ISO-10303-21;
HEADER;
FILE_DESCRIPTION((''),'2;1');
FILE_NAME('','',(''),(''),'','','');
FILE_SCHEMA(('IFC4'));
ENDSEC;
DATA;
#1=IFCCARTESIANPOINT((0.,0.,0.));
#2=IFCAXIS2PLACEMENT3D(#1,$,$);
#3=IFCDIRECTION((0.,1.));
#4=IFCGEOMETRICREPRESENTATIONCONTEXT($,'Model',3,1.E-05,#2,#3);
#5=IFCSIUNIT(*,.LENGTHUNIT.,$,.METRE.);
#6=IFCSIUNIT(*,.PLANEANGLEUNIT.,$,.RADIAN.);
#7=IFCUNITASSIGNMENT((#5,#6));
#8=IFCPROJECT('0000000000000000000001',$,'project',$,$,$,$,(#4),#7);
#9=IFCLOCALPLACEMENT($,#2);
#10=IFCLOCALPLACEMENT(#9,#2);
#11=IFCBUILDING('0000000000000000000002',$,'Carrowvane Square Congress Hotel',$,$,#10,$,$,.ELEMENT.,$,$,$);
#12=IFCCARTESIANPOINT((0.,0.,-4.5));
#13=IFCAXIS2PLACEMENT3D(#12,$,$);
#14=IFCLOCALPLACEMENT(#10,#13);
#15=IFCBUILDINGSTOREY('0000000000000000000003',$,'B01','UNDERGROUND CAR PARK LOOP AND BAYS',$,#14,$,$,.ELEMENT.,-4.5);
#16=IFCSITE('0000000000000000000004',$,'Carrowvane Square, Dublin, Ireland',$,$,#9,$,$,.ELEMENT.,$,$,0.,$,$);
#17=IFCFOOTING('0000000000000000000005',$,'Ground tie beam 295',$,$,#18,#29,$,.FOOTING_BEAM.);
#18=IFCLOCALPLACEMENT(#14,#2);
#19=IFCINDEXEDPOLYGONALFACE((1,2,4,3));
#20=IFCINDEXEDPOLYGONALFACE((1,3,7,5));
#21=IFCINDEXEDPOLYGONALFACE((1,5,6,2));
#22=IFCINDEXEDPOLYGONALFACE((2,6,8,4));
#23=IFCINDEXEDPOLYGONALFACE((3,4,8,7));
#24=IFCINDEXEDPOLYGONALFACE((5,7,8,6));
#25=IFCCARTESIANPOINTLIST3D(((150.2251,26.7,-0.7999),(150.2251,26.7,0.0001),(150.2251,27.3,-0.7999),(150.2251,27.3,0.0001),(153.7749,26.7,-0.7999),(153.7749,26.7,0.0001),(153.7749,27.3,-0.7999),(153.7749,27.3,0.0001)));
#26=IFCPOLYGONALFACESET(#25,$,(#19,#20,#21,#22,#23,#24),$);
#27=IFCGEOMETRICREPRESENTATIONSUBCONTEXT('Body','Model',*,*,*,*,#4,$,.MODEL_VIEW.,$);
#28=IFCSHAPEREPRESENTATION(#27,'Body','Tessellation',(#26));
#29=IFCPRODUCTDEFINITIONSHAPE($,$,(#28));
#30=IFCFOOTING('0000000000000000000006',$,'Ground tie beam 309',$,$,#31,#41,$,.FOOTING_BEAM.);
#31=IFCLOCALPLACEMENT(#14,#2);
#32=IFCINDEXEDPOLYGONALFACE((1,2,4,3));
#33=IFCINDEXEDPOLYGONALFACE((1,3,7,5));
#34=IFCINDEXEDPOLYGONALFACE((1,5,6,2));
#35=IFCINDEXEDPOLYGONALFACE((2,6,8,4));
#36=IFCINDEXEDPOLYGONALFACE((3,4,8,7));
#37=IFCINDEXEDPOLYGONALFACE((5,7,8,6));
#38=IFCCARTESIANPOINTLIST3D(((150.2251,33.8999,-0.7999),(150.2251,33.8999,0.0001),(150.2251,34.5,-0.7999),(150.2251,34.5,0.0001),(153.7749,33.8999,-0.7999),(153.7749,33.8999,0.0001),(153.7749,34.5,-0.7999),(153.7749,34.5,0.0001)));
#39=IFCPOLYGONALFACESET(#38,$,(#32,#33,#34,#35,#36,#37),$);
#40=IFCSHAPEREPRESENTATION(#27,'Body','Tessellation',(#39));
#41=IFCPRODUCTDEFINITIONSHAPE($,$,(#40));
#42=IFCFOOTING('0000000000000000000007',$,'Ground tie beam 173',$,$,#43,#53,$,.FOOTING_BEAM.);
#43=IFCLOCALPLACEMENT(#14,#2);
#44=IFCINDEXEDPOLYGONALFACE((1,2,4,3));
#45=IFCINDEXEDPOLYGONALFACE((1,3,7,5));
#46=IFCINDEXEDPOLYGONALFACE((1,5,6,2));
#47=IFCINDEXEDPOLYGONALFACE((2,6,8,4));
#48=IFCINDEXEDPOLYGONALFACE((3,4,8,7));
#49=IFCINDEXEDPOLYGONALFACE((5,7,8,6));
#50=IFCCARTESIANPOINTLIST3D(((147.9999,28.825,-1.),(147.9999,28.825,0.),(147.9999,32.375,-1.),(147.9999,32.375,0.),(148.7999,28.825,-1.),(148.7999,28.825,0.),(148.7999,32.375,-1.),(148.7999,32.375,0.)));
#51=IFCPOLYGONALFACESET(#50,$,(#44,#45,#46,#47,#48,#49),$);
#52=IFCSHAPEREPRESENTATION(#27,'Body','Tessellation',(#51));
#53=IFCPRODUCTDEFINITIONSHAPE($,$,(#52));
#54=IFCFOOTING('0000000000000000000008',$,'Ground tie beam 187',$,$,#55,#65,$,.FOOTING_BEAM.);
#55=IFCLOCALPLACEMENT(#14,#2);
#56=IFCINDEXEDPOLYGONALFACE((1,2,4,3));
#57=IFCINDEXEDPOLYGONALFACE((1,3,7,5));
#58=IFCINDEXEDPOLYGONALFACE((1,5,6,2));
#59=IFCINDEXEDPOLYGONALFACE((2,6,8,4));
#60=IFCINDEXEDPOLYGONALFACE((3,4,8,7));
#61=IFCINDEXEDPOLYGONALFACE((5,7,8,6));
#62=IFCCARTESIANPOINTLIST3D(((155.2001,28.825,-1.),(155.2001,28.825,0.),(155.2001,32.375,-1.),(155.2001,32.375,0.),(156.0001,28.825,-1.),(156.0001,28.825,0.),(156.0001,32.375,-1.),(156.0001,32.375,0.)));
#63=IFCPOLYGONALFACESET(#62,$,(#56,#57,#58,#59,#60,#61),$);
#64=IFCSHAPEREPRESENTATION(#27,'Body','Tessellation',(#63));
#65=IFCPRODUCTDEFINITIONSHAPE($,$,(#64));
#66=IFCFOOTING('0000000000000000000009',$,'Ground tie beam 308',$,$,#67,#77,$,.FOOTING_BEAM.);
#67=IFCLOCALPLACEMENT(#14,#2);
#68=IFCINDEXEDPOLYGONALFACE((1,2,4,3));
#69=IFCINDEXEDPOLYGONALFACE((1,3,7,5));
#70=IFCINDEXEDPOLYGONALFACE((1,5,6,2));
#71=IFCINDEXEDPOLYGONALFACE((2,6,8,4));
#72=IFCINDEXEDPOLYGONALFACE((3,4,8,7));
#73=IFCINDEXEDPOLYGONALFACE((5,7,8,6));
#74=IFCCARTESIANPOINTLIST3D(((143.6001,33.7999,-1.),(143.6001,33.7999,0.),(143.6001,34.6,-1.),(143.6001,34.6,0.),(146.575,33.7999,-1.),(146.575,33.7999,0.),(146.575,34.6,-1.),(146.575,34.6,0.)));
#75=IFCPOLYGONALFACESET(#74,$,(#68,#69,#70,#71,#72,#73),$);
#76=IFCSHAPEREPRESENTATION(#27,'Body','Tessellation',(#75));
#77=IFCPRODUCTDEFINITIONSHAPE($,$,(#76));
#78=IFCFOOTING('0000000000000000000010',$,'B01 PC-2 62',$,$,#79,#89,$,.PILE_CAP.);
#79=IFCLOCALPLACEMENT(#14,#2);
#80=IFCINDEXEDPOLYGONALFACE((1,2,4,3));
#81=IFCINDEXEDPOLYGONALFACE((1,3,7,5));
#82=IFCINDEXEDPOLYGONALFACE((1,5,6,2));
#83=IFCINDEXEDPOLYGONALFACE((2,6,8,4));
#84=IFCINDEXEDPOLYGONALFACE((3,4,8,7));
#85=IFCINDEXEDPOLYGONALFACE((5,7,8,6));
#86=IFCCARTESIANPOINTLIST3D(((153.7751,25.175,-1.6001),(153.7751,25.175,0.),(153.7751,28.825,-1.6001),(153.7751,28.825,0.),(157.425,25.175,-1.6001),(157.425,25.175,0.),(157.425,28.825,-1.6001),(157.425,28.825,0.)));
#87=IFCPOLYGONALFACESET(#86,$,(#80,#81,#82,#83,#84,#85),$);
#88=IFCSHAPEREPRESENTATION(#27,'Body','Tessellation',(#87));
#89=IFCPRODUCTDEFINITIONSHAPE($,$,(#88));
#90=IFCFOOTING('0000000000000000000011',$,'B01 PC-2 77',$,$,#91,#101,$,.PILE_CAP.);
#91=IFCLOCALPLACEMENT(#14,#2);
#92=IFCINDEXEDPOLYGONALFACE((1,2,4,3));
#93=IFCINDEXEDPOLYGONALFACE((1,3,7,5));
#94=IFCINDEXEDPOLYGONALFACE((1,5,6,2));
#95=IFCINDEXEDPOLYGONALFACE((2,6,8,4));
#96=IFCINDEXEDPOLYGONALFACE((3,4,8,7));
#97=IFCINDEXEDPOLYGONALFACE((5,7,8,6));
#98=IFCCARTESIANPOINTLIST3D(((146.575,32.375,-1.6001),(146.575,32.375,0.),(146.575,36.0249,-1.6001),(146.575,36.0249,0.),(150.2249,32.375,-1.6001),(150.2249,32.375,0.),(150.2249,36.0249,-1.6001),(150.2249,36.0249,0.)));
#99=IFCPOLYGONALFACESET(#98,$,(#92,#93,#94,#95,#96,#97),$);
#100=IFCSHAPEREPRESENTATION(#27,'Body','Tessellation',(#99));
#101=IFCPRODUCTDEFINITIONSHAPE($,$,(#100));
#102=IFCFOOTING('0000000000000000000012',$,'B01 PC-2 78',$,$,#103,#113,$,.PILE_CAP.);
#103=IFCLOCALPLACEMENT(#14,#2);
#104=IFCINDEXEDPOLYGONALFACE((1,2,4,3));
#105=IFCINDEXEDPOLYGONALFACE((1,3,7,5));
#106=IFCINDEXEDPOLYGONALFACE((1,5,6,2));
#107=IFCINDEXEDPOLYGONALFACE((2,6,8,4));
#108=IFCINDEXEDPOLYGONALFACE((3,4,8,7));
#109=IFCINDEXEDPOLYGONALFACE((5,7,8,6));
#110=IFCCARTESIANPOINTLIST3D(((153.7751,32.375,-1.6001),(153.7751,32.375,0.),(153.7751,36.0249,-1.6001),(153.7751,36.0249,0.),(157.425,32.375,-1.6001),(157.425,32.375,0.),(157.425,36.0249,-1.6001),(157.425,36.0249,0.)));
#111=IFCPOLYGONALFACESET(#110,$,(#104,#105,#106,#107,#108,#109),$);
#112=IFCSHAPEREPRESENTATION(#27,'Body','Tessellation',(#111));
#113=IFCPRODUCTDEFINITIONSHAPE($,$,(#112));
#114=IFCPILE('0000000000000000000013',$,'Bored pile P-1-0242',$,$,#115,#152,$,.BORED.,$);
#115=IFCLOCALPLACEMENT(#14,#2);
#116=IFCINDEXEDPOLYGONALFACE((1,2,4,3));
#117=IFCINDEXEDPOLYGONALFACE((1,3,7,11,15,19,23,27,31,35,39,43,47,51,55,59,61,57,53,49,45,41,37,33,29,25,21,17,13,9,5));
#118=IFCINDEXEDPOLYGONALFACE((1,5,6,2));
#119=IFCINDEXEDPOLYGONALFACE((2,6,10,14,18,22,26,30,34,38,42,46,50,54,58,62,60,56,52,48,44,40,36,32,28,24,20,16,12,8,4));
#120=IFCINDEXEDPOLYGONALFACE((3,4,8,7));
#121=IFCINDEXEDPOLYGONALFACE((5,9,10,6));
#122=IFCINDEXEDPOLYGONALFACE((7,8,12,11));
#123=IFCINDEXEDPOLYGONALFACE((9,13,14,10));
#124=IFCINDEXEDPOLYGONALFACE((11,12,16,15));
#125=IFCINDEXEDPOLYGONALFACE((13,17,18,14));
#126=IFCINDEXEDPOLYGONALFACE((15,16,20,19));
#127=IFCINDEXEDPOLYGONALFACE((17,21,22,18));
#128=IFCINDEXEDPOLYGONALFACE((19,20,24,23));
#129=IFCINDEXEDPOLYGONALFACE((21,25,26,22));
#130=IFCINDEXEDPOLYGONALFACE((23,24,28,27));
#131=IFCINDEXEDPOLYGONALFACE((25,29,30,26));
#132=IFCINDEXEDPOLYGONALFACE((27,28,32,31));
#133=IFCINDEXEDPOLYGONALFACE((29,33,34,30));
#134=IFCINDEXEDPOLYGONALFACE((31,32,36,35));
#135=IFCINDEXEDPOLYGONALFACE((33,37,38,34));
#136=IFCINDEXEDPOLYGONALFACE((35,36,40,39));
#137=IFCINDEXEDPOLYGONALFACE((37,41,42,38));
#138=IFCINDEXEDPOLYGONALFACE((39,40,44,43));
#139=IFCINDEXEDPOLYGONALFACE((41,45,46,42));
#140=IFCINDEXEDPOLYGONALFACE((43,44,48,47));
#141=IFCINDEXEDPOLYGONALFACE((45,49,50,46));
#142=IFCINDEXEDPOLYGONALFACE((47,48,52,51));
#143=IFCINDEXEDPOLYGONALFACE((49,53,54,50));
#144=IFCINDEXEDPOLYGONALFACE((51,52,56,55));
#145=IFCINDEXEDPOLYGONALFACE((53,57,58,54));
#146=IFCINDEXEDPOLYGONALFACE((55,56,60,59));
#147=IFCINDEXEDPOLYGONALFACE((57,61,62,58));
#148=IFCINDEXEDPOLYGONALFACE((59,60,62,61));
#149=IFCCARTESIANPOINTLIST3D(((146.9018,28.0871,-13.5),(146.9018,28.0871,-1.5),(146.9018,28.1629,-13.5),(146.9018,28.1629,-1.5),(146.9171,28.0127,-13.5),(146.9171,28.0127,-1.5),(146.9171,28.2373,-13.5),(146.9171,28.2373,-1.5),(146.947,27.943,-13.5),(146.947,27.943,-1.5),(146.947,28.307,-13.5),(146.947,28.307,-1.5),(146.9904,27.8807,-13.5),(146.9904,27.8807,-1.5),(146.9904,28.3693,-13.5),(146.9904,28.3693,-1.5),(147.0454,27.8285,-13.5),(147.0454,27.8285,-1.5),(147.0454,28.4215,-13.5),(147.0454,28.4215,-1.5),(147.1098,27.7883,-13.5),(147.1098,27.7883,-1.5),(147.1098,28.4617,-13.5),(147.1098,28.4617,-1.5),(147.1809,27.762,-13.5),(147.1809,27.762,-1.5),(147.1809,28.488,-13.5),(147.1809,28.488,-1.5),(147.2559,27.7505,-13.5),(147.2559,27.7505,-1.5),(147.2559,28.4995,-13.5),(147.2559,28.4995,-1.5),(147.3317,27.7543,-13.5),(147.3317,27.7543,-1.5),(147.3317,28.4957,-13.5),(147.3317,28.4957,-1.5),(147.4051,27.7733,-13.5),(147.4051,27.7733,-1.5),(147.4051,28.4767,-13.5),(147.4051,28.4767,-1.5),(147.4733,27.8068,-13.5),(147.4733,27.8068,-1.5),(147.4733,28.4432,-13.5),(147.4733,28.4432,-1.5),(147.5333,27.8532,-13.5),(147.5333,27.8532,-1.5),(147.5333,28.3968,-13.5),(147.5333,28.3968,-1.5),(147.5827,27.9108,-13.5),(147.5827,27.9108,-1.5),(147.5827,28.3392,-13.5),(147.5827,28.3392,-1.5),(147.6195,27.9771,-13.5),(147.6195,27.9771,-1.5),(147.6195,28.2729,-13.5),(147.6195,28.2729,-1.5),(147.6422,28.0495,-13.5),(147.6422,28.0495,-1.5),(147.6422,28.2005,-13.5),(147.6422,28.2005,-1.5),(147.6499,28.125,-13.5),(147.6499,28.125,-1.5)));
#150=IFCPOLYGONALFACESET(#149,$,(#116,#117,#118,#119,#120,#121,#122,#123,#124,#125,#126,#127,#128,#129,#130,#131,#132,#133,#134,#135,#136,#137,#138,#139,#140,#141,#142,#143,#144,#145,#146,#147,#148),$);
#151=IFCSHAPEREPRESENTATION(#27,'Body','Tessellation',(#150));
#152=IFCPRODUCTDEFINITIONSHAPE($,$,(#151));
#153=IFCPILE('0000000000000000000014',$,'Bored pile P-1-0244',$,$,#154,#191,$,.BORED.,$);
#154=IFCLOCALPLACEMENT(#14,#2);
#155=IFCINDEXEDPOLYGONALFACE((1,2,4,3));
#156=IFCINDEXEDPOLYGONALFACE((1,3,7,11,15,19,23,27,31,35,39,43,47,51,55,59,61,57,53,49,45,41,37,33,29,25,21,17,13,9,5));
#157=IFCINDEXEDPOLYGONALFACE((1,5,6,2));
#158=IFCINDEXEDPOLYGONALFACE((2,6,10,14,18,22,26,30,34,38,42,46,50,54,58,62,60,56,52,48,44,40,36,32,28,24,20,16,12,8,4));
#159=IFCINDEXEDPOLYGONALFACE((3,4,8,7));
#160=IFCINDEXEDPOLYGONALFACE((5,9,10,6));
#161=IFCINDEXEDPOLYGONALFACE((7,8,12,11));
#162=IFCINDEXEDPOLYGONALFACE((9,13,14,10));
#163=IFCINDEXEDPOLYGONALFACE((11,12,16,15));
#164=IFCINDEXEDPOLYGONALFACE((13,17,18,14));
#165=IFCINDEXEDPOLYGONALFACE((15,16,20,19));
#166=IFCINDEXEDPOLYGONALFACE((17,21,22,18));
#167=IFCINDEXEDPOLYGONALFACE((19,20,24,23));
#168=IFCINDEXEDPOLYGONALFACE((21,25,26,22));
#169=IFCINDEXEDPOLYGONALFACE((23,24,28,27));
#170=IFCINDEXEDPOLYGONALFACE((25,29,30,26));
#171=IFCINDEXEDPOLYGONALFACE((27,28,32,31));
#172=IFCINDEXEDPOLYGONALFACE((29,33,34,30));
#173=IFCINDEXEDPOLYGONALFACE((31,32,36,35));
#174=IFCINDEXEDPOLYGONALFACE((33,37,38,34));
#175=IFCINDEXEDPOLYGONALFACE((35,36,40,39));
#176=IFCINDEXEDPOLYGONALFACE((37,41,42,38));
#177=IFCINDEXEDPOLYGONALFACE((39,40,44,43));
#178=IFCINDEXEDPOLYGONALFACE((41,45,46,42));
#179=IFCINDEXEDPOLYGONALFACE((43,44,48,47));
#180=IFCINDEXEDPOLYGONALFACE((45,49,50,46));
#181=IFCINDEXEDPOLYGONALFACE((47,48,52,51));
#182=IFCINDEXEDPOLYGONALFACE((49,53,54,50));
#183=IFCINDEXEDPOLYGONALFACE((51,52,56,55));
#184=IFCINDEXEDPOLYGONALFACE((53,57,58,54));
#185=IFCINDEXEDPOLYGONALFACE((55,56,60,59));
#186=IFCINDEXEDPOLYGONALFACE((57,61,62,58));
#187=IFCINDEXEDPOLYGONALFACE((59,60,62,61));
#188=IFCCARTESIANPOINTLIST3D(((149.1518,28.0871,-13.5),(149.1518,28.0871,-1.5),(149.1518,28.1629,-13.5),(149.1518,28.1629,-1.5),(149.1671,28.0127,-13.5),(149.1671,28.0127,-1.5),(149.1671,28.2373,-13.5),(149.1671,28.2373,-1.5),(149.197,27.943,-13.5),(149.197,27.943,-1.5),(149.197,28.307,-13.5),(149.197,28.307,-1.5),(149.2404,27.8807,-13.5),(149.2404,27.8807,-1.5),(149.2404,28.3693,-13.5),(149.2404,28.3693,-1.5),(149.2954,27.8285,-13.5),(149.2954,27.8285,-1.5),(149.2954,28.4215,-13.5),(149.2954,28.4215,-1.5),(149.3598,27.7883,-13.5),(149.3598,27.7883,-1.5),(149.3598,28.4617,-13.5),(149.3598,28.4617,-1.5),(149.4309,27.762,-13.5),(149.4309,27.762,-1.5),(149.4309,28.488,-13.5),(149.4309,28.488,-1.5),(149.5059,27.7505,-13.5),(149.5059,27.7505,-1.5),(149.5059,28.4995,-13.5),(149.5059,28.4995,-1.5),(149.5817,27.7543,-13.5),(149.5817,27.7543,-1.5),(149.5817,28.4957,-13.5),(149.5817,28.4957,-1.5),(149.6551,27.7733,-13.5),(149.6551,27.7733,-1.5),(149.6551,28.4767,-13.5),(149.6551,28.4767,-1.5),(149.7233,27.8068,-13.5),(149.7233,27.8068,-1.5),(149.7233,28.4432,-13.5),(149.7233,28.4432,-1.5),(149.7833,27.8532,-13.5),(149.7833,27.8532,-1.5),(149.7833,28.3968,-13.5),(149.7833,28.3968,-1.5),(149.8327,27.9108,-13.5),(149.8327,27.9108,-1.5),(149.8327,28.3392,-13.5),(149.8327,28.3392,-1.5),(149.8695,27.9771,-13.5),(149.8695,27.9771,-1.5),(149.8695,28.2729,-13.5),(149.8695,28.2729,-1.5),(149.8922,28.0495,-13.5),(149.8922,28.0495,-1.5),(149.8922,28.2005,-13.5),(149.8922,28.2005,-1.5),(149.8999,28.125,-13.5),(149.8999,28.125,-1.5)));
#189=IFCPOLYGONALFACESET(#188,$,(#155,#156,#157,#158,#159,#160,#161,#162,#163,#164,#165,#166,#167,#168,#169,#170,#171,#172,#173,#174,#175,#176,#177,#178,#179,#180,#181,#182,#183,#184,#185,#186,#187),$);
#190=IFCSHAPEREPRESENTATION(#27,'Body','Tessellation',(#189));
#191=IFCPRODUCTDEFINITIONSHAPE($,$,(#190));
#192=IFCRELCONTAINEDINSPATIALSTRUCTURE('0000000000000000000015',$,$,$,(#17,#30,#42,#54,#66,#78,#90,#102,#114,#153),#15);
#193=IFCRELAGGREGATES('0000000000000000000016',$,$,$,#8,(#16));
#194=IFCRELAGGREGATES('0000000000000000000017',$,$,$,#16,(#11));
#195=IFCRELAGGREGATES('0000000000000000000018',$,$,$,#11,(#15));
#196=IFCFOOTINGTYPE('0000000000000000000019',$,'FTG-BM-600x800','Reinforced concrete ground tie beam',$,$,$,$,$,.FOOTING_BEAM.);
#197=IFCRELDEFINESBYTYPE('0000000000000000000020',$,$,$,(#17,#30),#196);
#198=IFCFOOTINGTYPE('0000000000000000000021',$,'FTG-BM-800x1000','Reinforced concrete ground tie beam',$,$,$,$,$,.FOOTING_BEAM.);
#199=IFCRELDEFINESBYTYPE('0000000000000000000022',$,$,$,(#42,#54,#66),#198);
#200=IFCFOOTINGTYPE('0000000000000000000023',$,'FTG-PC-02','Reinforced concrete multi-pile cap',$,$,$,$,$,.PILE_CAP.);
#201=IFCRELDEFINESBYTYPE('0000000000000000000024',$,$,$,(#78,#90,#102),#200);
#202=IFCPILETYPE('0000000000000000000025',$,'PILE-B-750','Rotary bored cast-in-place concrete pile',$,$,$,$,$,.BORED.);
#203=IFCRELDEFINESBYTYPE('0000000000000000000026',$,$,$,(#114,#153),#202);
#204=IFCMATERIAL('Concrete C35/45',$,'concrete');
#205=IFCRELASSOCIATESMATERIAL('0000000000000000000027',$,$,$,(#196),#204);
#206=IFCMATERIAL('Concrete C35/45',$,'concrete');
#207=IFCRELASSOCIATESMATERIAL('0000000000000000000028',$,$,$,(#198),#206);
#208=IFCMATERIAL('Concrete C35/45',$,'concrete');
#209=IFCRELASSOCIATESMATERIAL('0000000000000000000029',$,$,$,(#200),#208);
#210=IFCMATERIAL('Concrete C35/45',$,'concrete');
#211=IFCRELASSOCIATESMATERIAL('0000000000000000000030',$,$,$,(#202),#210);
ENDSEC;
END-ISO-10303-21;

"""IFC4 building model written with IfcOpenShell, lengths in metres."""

from ifc_helpers import new_model, si_unit, direction, frame, origin, origin_2d, place, context, subcontext, project, spatial, rectangle, circle, extrude, material, material_profile, profile_set, type_object, element, save


model = new_model("IFC4")

# Units and contexts
model_context = context("Model", 3, precision=1e-05, world=origin(), true_north=direction((0.0, 1.0)))
body_context = subcontext(model_context, "Body", "Model", "MODEL_VIEW")
ifc_project = project(units=[si_unit("LENGTHUNIT", "METRE"), si_unit("PLANEANGLEUNIT", "RADIAN")], contexts=[model_context])

# Site, building, storey
site_placement = place(None, origin())
site = spatial("IfcSite", under=ifc_project, at=site_placement, Name="Carrowvane Square, Dublin, Ireland", CompositionType="ELEMENT", RefElevation=0.0)
building_placement = place(site_placement, origin())
building = spatial("IfcBuilding", under=site, at=building_placement, Name="Carrowvane Square Congress Hotel", CompositionType="ELEMENT")
storey_placement = place(building_placement, frame((0.0, 0.0, -4.5)))
storey = spatial("IfcBuildingStorey", under=building, at=storey_placement, Name="B01", Description="UNDERGROUND CAR PARK LOOP AND BAYS", CompositionType="ELEMENT", Elevation=-4.5)

# Footings
ifc_material_1 = material(Name="Concrete C35/45", Category="concrete")
ifc_material_profile_1 = material_profile(ifc_material_1, rectangle(XDim=0.6001, YDim=0.8, at=origin_2d()), Name="RC 600x800")
ifc_profile_set_1 = profile_set([ifc_material_profile_1], Name="Concrete C35/45")
footing_type_1 = type_object("IfcFootingType", Name="FTG-BM-600x800", Description="Reinforced concrete ground tie beam", PredefinedType="FOOTING_BEAM", material=ifc_profile_set_1)
for number, where, z_axis, x_axis, name in (
    (1, (150.2251, 27.0, -0.3999), (1.0, 0.0, 0.0), (0.0, 1.0, 0.0), "Ground tie beam 295"),
    (2, (150.2251, 34.2, -0.3999), (1.0, 0.0, 0.0), (0.0, 1.0, 0.0), "Ground tie beam 309"),
):
    element("IfcFooting", number, at=place(storey_placement, frame(where, z_axis=z_axis, x_axis=x_axis)), inside=storey, type_object=footing_type_1, Name=name, PredefinedType="FOOTING_BEAM", context=body_context, shape_type="SweptSolid", body=[
        extrude(rectangle(XDim=0.6001, YDim=0.8, at=origin_2d()), origin(), (0.0, 0.0, 1.0), 3.5498),
    ])
ifc_material_2 = material(Name="Concrete C35/45", Category="concrete")
ifc_material_profile_2 = material_profile(ifc_material_2, rectangle(XDim=0.8, YDim=1.0, at=origin_2d()), Name="RC 800x1000")
ifc_profile_set_2 = profile_set([ifc_material_profile_2], Name="Concrete C35/45")
footing_type_2 = type_object("IfcFootingType", Name="FTG-BM-800x1000", Description="Reinforced concrete ground tie beam", PredefinedType="FOOTING_BEAM", material=ifc_profile_set_2)
for number, where, z_axis, x_axis, name in (
    (3, (148.3999, 28.825, -0.5), (0.0, 1.0, 0.0), (-1.0, 0.0, 0.0), "Ground tie beam 173"),
    (4, (155.6001, 28.825, -0.5), (0.0, 1.0, 0.0), (-1.0, 0.0, 0.0), "Ground tie beam 187"),
):
    element("IfcFooting", number, at=place(storey_placement, frame(where, z_axis=z_axis, x_axis=x_axis)), inside=storey, type_object=footing_type_2, Name=name, PredefinedType="FOOTING_BEAM", context=body_context, shape_type="SweptSolid", body=[
        extrude(rectangle(XDim=0.8, YDim=1.0, at=origin_2d()), origin(), (0.0, 0.0, 1.0), 3.55),
    ])
footing_placement = place(storey_placement, frame((143.6001, 34.2, -0.5), z_axis=(1.0, 0.0, 0.0), x_axis=(0.0, 1.0, 0.0)))
element("IfcFooting", 5, at=footing_placement, inside=storey, type_object=footing_type_2, Name="Ground tie beam 308", PredefinedType="FOOTING_BEAM", context=body_context, shape_type="SweptSolid", body=[
    extrude(rectangle(XDim=0.8, YDim=1.0, at=origin_2d()), origin(), (0.0, 0.0, 1.0), 2.9749),
])
ifc_material_3 = material(Name="Concrete C35/45", Category="concrete")
footing_type_3 = type_object("IfcFootingType", Name="FTG-PC-02", Description="Reinforced concrete multi-pile cap", PredefinedType="PILE_CAP", material=ifc_material_3)
for number, where, z_axis, x_axis, name in (
    (6, (155.6001, 27.0, -1.6001), (0.0, 0.0, 1.0), (1.0, 0.0, 0.0), "B01 PC-2 62"),
    (7, (148.3999, 34.2, -1.6001), (0.0, 0.0, 1.0), (1.0, 0.0, 0.0), "B01 PC-2 77"),
    (8, (155.6001, 34.2, -1.6001), (0.0, 0.0, 1.0), (1.0, 0.0, 0.0), "B01 PC-2 78"),
):
    element("IfcFooting", number, at=place(storey_placement, frame(where, z_axis=z_axis, x_axis=x_axis)), inside=storey, type_object=footing_type_3, Name=name, PredefinedType="PILE_CAP", context=body_context, shape_type="SweptSolid", body=[
        extrude(rectangle(XDim=3.6499, YDim=3.6499, at=origin_2d()), origin(), (0.0, 0.0, 1.0), 1.6001),
    ])

# Piles
ifc_material_4 = material(Name="Concrete C35/45", Category="concrete")
ifc_material_profile_3 = material_profile(ifc_material_4, circle(Radius=0.375, at=origin_2d()), Name="PILE D750")
ifc_profile_set_3 = profile_set([ifc_material_profile_3], Name="Concrete C35/45")
pile_type = type_object("IfcPileType", Name="PILE-B-750", Description="Rotary bored cast-in-place concrete pile", PredefinedType="BORED", material=ifc_profile_set_3)
for number, where, z_axis, x_axis, name in (
    (9, (147.2749, 28.125, -1.5), (0.0, 0.0, -1.0), (1.0, 0.0, 0.0), "Bored pile P-1-0242"),
    (10, (149.5249, 28.125, -1.5), (0.0, 0.0, -1.0), (1.0, 0.0, 0.0), "Bored pile P-1-0244"),
):
    element("IfcPile", number, at=place(storey_placement, frame(where, z_axis=z_axis, x_axis=x_axis)), inside=storey, type_object=pile_type, Name=name, PredefinedType="BORED", context=body_context, shape_type="SweptSolid", body=[
        extrude(circle(Radius=0.375, at=origin_2d()), origin(), (0.0, 0.0, 1.0), 12.0),
    ])

save(model, "model.ifc")
